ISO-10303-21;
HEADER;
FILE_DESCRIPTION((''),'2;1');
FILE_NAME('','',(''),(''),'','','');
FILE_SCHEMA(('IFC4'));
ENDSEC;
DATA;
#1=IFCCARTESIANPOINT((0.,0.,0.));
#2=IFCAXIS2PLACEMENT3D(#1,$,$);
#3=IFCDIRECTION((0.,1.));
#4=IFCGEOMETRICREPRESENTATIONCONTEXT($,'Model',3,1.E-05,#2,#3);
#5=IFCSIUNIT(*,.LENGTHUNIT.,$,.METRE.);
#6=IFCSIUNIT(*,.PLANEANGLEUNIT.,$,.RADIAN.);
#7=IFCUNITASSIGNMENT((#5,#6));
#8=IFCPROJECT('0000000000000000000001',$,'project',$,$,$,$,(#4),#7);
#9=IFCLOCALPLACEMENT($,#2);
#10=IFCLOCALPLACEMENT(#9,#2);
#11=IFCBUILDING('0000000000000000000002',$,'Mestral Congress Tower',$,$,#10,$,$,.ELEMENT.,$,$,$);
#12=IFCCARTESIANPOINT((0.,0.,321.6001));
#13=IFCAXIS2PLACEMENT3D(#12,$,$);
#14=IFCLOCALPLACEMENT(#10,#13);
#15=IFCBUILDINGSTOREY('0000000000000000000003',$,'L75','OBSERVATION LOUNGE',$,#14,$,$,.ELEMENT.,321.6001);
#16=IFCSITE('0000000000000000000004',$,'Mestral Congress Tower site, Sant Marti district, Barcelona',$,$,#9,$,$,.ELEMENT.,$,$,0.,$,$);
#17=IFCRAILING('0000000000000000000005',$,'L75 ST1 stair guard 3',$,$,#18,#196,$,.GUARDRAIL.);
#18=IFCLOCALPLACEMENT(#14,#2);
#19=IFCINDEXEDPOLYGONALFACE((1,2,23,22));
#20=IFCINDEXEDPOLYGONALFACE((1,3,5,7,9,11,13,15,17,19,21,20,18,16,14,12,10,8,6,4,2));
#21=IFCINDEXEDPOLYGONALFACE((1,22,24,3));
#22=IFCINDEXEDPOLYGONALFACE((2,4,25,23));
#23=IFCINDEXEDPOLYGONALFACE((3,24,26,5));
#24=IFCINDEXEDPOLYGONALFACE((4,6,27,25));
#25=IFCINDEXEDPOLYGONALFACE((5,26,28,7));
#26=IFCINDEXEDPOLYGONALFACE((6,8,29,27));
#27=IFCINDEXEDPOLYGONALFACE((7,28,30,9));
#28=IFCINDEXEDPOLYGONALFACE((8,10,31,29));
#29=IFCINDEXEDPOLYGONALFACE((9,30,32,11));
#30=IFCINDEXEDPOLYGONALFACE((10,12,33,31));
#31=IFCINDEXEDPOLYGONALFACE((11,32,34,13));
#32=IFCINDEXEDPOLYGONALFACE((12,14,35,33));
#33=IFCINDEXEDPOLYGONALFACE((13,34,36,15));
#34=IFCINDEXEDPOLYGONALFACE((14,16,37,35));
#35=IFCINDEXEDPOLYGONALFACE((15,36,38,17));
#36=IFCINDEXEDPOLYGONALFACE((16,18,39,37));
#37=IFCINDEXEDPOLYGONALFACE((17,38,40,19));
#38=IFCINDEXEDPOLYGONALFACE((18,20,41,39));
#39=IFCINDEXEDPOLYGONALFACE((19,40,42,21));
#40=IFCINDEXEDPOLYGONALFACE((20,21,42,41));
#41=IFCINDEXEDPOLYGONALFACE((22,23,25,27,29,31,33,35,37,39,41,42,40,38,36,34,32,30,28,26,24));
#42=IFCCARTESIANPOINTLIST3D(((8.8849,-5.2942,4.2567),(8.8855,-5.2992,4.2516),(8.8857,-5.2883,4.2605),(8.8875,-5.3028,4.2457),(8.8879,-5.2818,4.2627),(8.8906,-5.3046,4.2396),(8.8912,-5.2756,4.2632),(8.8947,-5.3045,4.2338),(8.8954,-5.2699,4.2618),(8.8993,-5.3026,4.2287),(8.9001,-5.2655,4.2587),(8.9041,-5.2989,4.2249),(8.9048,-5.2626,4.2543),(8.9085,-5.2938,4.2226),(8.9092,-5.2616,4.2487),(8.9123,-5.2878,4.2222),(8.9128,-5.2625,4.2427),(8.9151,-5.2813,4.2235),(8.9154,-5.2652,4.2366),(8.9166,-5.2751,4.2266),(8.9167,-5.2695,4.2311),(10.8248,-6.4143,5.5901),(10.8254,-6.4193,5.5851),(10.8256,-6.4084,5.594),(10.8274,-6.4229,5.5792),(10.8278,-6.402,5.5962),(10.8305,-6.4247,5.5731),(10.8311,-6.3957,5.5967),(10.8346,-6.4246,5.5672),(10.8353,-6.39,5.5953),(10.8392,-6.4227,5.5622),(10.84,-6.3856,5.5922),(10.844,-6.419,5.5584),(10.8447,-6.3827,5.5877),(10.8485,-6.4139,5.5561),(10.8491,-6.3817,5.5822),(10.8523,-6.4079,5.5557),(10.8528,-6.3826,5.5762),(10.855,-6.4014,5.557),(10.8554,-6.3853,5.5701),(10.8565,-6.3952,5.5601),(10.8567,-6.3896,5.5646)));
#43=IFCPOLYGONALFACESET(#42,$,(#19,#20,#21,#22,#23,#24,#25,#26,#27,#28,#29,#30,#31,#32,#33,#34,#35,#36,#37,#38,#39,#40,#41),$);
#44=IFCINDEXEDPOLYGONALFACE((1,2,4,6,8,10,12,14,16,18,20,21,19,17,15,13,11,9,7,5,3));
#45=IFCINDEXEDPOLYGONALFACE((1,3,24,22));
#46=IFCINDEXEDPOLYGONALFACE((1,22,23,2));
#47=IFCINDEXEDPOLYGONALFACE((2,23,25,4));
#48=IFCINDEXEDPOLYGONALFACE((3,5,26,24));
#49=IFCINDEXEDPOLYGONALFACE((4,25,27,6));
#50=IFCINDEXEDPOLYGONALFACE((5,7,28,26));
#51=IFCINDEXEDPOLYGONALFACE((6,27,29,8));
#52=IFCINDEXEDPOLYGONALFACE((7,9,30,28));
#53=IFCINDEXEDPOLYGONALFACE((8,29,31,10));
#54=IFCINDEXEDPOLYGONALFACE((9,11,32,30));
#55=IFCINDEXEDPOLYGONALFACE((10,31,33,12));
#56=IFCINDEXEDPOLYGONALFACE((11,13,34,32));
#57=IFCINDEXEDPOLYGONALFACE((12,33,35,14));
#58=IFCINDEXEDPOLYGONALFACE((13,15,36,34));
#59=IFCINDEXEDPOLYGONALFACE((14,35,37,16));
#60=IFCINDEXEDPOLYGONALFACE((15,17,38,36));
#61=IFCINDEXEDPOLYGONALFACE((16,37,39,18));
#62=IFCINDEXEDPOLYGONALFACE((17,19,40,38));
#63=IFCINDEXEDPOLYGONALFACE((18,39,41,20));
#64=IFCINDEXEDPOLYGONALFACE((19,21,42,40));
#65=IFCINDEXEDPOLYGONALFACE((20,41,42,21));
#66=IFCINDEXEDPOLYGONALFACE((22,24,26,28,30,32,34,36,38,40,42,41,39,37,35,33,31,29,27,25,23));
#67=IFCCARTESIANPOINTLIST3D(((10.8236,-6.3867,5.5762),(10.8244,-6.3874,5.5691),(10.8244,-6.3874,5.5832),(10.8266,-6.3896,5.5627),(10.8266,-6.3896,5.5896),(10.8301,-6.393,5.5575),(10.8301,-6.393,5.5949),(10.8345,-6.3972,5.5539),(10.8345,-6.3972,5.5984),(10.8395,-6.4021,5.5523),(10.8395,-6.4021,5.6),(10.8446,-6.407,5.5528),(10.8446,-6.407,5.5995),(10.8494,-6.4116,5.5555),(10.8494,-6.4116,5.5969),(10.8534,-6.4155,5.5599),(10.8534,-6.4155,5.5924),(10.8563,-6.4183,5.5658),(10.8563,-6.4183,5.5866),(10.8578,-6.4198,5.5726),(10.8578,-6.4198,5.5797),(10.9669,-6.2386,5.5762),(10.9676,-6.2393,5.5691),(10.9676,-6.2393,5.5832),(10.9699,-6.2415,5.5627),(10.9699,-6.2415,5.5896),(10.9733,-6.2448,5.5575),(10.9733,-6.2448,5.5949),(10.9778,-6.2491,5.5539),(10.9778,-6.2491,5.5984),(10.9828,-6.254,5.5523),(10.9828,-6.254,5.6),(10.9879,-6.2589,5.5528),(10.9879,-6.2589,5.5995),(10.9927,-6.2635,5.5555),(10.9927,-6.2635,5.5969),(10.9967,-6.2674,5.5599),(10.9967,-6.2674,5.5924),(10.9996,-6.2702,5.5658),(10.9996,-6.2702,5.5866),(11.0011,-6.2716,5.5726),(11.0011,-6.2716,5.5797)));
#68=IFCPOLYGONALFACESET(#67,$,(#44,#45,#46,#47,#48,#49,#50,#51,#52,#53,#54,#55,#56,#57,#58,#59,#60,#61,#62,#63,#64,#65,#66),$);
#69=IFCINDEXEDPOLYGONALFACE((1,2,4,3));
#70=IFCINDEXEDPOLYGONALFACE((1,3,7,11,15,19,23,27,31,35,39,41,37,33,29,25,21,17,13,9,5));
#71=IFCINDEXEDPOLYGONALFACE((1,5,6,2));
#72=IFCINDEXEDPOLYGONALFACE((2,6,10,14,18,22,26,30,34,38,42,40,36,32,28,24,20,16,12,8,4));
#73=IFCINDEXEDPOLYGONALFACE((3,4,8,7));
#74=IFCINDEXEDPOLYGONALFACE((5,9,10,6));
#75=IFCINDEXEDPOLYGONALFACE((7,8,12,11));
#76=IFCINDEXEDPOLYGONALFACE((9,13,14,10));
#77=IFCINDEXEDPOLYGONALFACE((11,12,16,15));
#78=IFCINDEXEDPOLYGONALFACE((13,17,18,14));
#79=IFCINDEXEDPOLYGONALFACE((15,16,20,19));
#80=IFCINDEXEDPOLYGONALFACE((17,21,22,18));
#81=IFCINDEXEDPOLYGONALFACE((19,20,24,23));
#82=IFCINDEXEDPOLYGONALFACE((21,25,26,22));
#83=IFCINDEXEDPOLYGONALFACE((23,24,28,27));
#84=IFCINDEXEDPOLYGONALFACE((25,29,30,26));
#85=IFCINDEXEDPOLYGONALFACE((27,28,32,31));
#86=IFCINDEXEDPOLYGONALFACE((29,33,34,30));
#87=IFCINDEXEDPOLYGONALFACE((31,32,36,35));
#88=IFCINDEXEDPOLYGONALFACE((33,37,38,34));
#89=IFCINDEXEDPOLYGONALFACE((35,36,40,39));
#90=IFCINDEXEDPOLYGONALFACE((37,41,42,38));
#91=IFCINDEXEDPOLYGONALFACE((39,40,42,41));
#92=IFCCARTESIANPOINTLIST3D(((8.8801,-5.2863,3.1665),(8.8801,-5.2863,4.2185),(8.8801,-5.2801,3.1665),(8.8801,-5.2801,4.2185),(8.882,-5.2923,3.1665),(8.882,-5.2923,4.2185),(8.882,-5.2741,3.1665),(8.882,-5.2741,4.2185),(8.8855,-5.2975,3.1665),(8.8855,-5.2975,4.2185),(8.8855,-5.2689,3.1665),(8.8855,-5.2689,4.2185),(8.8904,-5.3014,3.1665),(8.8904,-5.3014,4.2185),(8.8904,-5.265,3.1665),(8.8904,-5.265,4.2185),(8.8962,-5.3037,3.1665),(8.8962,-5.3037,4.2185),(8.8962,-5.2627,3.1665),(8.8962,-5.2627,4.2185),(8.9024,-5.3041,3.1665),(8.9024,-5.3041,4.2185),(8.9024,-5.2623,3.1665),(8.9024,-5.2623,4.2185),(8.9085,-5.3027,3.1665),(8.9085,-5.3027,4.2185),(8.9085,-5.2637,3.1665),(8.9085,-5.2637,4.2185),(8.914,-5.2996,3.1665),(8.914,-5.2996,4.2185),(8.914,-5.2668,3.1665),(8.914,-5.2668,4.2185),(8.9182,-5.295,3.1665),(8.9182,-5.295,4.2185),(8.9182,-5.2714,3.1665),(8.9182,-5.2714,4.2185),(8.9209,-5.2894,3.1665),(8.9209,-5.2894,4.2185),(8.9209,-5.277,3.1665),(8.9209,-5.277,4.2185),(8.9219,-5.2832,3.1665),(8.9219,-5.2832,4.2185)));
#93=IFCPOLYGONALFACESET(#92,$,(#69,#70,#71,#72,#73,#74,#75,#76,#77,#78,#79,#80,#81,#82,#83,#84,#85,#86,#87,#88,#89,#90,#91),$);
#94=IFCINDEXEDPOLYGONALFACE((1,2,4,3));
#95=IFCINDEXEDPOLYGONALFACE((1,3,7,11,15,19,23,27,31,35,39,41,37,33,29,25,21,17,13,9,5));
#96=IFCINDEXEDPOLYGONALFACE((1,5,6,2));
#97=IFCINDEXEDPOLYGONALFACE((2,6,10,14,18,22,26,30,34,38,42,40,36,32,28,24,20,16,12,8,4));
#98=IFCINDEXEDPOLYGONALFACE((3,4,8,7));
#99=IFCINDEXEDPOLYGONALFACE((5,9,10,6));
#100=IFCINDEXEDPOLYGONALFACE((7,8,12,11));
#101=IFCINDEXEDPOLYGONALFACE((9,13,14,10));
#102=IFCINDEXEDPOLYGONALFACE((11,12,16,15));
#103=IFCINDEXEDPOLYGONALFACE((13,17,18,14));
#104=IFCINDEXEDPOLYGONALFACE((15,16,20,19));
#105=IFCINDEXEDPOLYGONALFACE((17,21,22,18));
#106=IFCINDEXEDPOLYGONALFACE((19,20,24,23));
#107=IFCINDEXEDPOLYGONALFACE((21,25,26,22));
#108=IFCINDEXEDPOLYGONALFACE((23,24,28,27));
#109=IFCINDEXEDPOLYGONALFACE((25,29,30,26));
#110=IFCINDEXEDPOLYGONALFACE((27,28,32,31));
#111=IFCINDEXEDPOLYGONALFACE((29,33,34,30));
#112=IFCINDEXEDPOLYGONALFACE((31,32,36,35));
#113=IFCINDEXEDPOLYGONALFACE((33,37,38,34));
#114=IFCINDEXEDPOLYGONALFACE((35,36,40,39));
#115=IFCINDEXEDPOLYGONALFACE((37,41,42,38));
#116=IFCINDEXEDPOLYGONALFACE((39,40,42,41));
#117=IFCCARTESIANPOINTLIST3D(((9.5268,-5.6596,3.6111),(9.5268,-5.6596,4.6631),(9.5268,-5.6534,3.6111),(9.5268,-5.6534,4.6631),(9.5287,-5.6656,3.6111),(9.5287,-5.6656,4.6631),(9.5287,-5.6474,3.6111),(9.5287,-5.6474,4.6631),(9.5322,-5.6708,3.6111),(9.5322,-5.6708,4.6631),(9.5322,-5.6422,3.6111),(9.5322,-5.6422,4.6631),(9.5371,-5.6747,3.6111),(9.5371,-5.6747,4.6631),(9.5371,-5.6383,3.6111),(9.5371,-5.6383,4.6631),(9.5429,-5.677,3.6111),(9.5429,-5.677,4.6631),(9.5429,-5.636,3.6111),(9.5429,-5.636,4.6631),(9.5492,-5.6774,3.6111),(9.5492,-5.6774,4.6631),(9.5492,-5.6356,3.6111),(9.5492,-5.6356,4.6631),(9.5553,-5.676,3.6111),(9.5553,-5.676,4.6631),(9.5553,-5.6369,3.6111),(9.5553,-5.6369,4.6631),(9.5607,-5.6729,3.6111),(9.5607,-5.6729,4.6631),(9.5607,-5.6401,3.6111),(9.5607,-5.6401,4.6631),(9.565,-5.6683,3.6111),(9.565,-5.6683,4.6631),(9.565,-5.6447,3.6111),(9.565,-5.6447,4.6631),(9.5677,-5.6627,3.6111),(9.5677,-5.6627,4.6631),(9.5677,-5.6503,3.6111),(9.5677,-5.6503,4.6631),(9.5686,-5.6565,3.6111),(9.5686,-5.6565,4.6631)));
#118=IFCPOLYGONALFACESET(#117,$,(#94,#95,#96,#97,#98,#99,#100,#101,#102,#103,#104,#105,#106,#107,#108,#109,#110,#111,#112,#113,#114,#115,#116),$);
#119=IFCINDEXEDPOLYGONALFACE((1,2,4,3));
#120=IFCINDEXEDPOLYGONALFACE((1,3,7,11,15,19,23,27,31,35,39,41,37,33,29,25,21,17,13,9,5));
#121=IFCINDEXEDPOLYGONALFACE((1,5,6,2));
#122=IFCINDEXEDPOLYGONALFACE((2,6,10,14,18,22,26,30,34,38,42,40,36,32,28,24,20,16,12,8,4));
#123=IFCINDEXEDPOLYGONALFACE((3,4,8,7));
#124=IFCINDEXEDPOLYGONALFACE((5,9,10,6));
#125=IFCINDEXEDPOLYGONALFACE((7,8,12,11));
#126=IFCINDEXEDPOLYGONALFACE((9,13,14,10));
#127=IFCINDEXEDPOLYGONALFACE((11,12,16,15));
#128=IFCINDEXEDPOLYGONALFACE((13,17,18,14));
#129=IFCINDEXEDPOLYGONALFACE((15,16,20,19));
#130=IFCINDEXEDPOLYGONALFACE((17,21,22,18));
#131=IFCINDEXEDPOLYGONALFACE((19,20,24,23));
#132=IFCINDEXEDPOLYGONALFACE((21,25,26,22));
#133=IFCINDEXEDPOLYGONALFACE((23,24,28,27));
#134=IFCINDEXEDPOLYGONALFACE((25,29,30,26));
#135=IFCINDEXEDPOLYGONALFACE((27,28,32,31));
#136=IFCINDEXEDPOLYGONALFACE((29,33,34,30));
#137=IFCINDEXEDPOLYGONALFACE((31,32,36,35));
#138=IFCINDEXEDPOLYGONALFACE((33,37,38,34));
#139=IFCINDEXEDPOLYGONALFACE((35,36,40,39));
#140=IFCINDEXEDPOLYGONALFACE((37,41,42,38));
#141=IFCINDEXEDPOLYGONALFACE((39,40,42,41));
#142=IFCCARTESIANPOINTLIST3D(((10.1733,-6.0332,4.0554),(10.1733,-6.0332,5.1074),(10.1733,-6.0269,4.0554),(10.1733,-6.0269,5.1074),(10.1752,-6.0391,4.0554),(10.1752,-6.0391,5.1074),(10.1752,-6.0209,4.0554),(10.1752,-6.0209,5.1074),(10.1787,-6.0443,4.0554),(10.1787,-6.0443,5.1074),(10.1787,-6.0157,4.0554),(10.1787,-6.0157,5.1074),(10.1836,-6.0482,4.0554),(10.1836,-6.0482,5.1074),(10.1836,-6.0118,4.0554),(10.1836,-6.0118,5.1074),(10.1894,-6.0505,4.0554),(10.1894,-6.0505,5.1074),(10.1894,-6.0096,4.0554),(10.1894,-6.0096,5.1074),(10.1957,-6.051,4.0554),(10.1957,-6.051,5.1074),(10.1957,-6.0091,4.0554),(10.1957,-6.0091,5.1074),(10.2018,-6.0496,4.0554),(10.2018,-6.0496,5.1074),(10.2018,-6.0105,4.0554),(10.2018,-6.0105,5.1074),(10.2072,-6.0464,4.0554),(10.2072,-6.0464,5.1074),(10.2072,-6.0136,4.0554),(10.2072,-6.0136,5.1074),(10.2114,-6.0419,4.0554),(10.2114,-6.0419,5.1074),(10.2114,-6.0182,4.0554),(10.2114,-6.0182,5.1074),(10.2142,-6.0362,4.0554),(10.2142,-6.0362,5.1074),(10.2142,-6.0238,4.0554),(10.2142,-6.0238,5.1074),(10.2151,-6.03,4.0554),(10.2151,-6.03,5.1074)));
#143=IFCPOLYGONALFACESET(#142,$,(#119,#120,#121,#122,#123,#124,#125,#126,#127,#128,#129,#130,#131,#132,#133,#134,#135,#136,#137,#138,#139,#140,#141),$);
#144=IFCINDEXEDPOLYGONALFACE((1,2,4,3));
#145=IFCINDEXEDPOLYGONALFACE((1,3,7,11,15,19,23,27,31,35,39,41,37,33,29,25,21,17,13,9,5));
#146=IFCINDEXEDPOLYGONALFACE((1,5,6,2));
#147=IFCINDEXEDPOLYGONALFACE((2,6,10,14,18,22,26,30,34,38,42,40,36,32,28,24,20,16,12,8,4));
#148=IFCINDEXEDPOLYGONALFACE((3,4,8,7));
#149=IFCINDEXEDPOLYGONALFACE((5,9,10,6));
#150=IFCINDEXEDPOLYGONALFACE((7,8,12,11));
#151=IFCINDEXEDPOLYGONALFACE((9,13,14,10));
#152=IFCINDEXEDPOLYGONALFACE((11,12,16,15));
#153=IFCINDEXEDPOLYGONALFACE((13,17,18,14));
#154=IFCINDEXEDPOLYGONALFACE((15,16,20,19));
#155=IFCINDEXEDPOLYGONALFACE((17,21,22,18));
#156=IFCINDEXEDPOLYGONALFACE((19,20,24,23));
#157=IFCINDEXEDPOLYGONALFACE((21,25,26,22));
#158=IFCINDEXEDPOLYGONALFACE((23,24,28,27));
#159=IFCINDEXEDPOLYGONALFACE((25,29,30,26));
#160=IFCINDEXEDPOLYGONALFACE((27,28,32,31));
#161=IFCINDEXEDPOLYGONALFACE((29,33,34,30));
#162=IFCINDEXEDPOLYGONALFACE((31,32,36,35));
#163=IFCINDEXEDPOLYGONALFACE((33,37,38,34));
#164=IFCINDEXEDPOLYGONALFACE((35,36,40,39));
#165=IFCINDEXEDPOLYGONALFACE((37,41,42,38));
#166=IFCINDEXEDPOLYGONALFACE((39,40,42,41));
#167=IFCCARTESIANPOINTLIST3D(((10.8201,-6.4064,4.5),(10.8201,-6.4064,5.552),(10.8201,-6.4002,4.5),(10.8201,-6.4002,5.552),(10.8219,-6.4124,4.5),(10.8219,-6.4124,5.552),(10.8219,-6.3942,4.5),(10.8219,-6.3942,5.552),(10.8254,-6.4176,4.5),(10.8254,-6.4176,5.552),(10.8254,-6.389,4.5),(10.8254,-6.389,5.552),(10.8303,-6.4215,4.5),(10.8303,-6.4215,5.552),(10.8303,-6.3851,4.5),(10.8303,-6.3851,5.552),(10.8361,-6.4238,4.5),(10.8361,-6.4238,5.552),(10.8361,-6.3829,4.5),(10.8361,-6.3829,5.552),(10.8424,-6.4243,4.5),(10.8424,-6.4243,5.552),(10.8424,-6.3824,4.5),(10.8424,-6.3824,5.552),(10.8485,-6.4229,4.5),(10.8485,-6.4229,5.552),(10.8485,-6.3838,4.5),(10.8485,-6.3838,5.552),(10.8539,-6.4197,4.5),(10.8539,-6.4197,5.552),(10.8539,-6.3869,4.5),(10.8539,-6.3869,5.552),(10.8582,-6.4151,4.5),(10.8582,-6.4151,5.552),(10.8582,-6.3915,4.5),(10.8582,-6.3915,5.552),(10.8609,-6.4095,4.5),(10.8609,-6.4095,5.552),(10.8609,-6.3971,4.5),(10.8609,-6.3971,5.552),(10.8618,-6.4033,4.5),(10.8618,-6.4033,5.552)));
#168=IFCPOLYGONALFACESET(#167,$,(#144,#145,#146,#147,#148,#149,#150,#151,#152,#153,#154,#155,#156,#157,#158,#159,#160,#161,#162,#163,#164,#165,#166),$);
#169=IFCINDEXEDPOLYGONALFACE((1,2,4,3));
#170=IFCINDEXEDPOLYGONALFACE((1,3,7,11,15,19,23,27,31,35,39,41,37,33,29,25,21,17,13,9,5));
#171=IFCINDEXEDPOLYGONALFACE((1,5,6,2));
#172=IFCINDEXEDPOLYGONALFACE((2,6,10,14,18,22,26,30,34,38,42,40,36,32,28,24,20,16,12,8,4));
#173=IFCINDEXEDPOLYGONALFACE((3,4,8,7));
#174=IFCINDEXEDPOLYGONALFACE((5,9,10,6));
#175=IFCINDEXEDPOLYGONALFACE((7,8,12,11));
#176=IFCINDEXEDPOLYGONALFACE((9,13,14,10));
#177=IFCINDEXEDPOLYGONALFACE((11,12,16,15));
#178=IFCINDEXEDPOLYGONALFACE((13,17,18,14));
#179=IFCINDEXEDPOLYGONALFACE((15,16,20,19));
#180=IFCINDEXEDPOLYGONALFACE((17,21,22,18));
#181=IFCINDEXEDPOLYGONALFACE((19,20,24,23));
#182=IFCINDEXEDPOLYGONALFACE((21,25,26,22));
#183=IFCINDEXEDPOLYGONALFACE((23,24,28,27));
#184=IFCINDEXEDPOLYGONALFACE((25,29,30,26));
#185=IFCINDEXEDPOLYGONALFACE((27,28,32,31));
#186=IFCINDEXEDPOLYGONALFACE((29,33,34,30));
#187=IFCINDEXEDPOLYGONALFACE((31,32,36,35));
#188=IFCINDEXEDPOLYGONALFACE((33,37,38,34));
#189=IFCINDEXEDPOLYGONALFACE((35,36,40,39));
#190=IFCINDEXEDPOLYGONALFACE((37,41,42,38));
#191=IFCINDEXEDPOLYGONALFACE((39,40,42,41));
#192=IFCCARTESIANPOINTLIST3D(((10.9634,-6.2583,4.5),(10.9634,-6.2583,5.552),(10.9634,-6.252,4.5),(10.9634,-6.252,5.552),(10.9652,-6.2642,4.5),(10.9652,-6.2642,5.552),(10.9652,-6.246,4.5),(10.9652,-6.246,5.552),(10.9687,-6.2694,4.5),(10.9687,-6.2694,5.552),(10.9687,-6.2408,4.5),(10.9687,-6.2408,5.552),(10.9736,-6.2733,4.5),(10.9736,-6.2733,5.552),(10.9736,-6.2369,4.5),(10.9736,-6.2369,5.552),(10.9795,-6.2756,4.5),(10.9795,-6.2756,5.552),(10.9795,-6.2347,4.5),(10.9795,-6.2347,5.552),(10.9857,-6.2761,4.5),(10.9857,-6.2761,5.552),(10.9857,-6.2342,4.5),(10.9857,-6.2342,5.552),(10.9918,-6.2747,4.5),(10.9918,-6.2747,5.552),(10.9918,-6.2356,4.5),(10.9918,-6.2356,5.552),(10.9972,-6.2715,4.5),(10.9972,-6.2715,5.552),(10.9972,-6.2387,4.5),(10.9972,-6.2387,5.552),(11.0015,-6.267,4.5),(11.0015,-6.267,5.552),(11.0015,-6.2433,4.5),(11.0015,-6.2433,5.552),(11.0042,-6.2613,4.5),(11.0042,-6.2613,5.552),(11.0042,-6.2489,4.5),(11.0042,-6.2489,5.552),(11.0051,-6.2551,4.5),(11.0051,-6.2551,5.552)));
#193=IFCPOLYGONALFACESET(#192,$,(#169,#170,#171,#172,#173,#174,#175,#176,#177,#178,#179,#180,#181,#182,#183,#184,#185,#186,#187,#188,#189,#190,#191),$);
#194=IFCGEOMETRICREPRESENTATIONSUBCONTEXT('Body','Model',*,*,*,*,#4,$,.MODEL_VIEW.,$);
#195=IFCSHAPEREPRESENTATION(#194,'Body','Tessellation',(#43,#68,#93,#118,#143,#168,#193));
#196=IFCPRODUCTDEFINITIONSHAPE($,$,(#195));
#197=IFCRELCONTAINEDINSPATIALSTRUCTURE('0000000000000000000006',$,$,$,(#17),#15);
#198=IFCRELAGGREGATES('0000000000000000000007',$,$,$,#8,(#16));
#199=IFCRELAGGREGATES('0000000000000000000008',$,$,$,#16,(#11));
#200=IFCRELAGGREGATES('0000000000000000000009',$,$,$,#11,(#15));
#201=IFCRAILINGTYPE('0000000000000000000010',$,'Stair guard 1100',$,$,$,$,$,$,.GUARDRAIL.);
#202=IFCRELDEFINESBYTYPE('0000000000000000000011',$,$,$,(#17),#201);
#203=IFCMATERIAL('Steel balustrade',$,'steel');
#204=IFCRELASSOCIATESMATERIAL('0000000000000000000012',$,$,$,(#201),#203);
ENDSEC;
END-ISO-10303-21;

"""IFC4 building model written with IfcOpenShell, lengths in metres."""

from ifc_helpers import new_model, si_unit, direction, frame, origin, origin_2d, place, context, subcontext, project, spatial, circle, extrude, material, type_object, element, save


model = new_model("IFC4")

# Units and contexts
model_context = context("Model", 3, precision=1e-05, world=origin(), true_north=direction((0.0, 1.0)))
body_context = subcontext(model_context, "Body", "Model", "MODEL_VIEW")
ifc_project = project(units=[si_unit("LENGTHUNIT", "METRE"), si_unit("PLANEANGLEUNIT", "RADIAN")], contexts=[model_context])

# Site, building, storey
site_placement = place(None, origin())
site = spatial("IfcSite", under=ifc_project, at=site_placement, Name="Mestral Congress Tower site, Sant Marti district, Barcelona", CompositionType="ELEMENT", RefElevation=0.0)
building_placement = place(site_placement, origin())
building = spatial("IfcBuilding", under=site, at=building_placement, Name="Mestral Congress Tower", CompositionType="ELEMENT")
storey_placement = place(building_placement, frame((0.0, 0.0, 321.6001)))
storey = spatial("IfcBuildingStorey", under=building, at=storey_placement, Name="L75", Description="OBSERVATION LOUNGE", CompositionType="ELEMENT", Elevation=321.6001)

# Railing
ifc_material_1 = material(Name="Steel balustrade", Category="steel")
railing_type = type_object("IfcRailingType", Name="Stair guard 1100", PredefinedType="GUARDRAIL", material=ifc_material_1)
railing_1_placement = place(storey_placement, frame((8.9009, -5.2832, 3.1665)))
element("IfcRailing", 1, at=railing_1_placement, inside=storey, type_object=railing_type, Name="L75 ST1 stair guard 3", PredefinedType="GUARDRAIL", context=body_context, shape_type="SweptSolid", body=[
    extrude(circle(Radius=0.0239, at=origin_2d()), frame((0.0, 0.0, 1.0762), z_axis=(0.744139, -0.429664, 0.511514), x_axis=(0.500031, 0.866008, 0.0)), (0.0, 0.0, 1.0), 2.6069),
    extrude(circle(Radius=0.0239, at=origin_2d()), frame((1.9399, -1.1201, 2.4097), z_axis=(0.695165, 0.71885, 0.0), x_axis=(-0.71885, 0.695165, 0.0)), (0.0, 0.0, 1.0), 0.2061),
    extrude(circle(Radius=0.021, at=origin_2d()), origin(), (0.0, 0.0, 1.0), 1.052),
    extrude(circle(Radius=0.021, at=origin_2d()), frame((0.6467, -0.3733, 0.4446)), (0.0, 0.0, 1.0), 1.052),
    extrude(circle(Radius=0.021, at=origin_2d()), frame((1.2932, -0.7468, 0.8889)), (0.0, 0.0, 1.0), 1.052),
    extrude(circle(Radius=0.021, at=origin_2d()), frame((1.9399, -1.1201, 1.3335)), (0.0, 0.0, 1.0), 1.052),
    extrude(circle(Radius=0.021, at=origin_2d()), frame((2.0833, -0.9719, 1.3335)), (0.0, 0.0, 1.0), 1.052),
])

save(model, "model.ifc")
